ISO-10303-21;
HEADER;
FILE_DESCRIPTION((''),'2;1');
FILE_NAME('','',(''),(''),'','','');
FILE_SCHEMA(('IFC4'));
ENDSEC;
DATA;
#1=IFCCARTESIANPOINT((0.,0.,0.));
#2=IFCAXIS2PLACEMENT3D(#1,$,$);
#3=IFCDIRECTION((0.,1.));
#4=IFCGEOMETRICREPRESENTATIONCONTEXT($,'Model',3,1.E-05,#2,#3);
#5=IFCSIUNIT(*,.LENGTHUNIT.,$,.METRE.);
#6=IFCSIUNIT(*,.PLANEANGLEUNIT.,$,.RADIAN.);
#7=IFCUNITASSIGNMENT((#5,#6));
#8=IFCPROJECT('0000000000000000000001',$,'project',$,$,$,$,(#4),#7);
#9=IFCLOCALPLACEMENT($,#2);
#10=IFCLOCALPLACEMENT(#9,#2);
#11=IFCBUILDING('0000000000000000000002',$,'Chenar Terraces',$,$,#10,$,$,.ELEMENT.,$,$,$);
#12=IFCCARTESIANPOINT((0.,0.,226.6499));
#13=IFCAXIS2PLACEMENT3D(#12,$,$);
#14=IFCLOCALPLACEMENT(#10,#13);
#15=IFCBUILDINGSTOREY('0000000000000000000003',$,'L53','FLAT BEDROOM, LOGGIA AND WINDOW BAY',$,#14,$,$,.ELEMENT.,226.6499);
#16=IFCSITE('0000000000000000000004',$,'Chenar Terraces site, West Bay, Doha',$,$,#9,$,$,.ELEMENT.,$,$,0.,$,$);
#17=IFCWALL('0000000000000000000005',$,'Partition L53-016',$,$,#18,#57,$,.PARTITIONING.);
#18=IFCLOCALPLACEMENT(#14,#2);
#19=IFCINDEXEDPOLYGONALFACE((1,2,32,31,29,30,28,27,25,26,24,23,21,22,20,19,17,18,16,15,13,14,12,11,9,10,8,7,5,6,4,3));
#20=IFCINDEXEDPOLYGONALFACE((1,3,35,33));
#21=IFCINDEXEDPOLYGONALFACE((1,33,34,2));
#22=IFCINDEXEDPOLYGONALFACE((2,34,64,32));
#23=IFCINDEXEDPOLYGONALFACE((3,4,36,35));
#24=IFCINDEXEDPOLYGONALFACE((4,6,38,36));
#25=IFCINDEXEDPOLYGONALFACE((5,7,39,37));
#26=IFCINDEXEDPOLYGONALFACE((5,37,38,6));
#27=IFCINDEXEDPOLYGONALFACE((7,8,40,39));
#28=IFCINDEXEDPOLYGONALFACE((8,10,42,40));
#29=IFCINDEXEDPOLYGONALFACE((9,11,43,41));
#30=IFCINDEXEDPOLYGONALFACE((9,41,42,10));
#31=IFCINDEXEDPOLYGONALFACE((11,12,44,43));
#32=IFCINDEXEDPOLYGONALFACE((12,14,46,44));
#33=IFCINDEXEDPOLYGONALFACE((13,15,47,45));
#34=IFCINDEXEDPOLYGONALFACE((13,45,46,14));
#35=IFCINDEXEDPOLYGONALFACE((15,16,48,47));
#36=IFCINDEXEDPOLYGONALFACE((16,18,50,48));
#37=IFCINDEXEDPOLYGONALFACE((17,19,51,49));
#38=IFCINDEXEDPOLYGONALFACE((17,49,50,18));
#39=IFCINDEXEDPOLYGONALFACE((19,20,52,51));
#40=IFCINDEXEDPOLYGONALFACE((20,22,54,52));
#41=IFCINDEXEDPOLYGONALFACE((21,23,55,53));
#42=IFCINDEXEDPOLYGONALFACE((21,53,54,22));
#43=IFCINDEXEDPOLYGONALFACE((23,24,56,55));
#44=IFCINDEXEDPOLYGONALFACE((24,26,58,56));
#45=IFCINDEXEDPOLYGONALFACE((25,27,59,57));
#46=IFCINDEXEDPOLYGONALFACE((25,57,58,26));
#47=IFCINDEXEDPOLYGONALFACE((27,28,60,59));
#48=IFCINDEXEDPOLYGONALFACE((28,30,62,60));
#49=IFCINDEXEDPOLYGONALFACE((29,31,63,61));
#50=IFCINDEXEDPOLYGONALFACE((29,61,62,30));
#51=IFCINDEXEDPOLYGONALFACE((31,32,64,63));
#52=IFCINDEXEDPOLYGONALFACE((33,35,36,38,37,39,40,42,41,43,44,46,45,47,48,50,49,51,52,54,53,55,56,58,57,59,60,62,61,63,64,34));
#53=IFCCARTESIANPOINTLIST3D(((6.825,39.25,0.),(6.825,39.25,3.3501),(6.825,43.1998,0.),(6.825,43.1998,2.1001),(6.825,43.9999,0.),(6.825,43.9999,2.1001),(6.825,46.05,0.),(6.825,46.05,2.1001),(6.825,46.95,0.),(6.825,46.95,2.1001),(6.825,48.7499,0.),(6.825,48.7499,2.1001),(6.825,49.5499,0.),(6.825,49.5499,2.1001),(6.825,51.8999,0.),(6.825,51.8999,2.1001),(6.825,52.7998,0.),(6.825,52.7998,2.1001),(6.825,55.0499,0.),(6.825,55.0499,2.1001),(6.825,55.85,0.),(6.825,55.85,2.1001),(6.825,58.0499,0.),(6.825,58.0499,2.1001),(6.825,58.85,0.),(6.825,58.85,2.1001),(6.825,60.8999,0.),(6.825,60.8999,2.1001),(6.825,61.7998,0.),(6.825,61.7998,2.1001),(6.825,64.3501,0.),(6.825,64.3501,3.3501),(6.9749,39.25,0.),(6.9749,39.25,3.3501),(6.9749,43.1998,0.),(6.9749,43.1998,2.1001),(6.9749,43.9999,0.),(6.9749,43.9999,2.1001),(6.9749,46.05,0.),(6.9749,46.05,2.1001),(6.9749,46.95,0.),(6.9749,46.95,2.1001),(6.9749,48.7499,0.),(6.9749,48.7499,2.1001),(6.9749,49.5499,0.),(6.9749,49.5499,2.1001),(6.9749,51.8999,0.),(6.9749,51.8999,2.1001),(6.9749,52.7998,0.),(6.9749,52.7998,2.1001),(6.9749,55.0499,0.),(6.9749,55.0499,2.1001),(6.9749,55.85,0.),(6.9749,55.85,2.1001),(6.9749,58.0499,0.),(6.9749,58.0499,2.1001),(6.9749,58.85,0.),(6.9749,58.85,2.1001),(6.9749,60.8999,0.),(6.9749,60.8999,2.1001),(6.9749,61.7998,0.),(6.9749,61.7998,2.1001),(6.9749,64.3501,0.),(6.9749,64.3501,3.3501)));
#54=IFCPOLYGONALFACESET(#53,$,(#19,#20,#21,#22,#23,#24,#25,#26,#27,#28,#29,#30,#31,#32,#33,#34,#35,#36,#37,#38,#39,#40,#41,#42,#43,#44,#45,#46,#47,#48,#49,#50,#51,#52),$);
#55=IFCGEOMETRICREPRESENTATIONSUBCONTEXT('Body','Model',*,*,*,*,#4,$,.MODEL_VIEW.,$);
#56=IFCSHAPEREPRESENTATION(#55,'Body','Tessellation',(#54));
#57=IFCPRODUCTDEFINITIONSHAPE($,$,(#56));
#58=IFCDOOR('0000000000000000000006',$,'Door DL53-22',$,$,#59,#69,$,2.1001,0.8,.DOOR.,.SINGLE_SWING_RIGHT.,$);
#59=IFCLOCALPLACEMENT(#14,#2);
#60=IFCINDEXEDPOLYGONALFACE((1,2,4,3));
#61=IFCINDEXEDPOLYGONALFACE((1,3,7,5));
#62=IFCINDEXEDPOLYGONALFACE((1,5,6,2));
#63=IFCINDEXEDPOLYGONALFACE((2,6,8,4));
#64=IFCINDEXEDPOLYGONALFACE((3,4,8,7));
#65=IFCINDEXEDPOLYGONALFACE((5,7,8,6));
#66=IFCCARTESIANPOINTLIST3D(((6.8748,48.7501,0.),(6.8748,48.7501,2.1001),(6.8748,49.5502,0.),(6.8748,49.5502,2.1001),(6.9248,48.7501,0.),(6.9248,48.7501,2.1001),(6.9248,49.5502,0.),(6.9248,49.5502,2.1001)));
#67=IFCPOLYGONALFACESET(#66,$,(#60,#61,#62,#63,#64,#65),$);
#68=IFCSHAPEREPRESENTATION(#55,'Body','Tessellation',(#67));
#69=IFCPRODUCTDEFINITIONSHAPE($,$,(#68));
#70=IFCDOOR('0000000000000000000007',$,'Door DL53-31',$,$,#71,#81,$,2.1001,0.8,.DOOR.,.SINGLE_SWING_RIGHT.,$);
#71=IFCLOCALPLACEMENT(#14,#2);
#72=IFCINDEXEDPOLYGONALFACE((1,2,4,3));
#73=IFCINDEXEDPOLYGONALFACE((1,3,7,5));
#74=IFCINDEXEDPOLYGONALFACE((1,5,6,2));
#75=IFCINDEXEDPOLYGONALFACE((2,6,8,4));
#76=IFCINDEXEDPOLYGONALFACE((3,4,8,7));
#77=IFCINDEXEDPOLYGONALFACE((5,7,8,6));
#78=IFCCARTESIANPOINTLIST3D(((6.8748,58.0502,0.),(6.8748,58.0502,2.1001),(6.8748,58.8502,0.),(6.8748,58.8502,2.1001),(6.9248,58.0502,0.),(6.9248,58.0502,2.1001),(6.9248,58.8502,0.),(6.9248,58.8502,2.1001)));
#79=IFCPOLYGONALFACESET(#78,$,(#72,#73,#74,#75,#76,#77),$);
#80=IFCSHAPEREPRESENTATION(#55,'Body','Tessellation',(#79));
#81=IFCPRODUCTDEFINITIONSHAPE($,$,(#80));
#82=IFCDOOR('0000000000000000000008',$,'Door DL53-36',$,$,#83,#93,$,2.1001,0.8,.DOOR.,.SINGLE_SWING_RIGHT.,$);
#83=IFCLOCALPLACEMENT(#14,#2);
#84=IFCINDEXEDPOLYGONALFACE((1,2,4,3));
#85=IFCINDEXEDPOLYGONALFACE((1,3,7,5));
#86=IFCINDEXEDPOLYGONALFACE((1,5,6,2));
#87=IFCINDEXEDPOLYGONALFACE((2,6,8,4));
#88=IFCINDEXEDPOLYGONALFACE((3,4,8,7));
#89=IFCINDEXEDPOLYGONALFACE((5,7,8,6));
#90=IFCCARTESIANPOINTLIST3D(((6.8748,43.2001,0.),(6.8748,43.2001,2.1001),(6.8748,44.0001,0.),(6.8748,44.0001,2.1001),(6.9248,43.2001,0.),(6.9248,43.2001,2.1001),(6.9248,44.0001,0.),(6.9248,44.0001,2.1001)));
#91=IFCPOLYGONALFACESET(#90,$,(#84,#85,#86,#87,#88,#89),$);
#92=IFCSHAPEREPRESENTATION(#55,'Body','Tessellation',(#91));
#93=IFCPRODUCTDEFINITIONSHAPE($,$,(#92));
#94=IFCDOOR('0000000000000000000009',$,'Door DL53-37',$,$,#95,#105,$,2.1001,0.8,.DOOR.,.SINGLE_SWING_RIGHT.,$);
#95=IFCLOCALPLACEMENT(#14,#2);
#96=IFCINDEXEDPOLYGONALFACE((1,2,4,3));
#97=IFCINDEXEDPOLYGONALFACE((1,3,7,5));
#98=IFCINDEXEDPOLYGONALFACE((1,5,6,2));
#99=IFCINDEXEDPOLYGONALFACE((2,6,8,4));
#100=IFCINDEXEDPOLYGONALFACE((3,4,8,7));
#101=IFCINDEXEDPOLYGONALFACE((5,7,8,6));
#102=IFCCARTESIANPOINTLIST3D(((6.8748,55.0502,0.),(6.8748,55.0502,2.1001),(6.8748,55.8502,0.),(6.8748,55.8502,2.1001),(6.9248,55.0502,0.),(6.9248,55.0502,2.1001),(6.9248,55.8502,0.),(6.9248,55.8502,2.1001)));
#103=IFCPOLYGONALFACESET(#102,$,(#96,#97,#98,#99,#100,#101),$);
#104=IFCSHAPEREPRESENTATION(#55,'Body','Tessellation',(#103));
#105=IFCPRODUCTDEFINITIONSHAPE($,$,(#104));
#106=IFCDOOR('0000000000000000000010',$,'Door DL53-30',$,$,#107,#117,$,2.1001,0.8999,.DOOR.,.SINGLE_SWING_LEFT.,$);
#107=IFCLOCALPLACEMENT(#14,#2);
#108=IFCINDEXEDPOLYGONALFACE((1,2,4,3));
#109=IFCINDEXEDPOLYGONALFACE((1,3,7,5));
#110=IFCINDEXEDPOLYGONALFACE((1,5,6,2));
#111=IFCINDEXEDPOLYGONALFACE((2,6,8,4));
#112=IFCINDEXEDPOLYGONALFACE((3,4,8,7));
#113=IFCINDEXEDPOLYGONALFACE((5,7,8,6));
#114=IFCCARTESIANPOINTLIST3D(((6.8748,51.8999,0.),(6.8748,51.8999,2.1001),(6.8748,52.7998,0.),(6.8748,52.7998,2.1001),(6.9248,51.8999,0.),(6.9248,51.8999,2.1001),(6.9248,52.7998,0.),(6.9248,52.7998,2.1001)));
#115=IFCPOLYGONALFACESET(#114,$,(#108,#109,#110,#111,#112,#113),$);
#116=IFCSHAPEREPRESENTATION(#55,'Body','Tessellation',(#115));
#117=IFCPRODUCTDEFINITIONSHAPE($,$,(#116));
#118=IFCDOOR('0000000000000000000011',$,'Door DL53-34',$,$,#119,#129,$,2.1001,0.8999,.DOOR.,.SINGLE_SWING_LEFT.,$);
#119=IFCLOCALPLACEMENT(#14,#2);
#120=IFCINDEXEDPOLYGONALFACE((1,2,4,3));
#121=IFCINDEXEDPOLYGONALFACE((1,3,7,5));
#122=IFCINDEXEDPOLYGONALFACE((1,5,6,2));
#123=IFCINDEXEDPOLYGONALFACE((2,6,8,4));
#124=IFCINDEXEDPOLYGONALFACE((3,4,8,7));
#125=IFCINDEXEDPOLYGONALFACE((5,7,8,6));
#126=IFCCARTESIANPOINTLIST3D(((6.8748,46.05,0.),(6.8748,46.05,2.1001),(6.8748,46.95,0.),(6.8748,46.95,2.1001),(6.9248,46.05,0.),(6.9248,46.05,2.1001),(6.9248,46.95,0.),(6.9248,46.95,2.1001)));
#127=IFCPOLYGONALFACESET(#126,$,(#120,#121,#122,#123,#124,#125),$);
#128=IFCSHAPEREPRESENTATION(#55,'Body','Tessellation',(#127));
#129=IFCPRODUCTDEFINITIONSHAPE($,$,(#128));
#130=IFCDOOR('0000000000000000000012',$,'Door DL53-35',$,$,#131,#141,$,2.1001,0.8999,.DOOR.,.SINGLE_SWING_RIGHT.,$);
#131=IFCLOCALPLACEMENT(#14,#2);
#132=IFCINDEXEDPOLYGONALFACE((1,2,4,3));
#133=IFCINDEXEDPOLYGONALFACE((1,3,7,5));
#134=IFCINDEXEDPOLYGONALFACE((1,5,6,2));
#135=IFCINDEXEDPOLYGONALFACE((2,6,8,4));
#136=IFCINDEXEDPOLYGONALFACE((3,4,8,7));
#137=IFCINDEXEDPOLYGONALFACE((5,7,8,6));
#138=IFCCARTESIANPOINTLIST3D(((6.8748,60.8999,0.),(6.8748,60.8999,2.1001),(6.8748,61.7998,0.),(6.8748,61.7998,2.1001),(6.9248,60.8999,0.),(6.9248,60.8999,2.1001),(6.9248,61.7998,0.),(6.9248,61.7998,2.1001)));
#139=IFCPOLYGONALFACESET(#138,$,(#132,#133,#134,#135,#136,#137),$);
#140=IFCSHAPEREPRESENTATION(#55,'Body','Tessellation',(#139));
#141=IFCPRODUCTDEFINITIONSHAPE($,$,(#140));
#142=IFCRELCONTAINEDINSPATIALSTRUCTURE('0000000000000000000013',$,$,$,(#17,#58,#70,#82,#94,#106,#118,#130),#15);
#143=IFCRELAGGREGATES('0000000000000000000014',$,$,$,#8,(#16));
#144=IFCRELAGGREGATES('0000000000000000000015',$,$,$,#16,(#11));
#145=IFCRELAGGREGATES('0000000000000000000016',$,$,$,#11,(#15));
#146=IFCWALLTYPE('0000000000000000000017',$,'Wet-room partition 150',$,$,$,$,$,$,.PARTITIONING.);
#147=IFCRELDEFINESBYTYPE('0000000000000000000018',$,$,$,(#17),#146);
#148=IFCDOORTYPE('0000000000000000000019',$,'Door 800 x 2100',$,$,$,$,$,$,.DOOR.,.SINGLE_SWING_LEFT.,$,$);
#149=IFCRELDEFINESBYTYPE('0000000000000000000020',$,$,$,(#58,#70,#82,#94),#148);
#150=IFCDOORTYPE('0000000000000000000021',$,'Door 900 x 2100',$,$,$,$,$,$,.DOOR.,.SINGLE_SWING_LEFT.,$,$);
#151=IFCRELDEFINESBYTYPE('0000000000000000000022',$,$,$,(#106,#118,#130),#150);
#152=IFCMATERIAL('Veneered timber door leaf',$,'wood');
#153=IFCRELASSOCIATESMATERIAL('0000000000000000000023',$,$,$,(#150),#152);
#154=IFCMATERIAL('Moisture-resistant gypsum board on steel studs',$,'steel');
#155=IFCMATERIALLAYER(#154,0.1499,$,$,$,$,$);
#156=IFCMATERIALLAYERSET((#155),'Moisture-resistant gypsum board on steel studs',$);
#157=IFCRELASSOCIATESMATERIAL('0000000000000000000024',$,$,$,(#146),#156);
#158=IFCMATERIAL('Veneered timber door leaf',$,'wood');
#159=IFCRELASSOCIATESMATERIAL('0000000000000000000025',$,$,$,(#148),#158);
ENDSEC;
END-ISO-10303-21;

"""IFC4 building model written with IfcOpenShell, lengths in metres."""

from ifc_helpers import new_model, si_unit, direction, frame, frame_2d, origin, place, context, subcontext, project, spatial, rectangle, extrude, material, layer, layer_set, type_object, element, fill, save


model = new_model("IFC4")

# Units and contexts
model_context = context("Model", 3, precision=1e-05, world=origin(), true_north=direction((0.0, 1.0)))
body_context = subcontext(model_context, "Body", "Model", "MODEL_VIEW")
ifc_project = project(units=[si_unit("LENGTHUNIT", "METRE"), si_unit("PLANEANGLEUNIT", "RADIAN")], contexts=[model_context])

# Site, building, storey
site_placement = place(None, origin())
site = spatial("IfcSite", under=ifc_project, at=site_placement, Name="Chenar Terraces site, West Bay, Doha", CompositionType="ELEMENT", RefElevation=0.0)
building_placement = place(site_placement, origin())
building = spatial("IfcBuilding", under=site, at=building_placement, Name="Chenar Terraces", CompositionType="ELEMENT")
storey_placement = place(building_placement, frame((0.0, 0.0, 226.6499)))
storey = spatial("IfcBuildingStorey", under=building, at=storey_placement, Name="L53", Description="FLAT BEDROOM, LOGGIA AND WINDOW BAY", CompositionType="ELEMENT", Elevation=226.6499)

# Shared definitions
ifc_material_1 = material(Name="Veneered timber door leaf", Category="wood")
door_type_1 = type_object("IfcDoorType", Name="Door 900 x 2100", OperationType="SINGLE_SWING_LEFT", PredefinedType="DOOR", material=ifc_material_1)

# Wall, openings, doors
ifc_material_2 = material(Name="Moisture-resistant gypsum board on steel studs", Category="steel")
ifc_layer_1 = layer(ifc_material_2, 0.1499)
ifc_layer_set_1 = layer_set([ifc_layer_1], Name="Moisture-resistant gypsum board on steel studs")
wall_type_1 = type_object("IfcWallType", Name="Wet-room partition 150", PredefinedType="PARTITIONING", material=ifc_layer_set_1)
wall_1_placement = place(storey_placement, frame((6.8999, 39.25, 0.0), z_axis=(0.0, 0.0, 1.0), x_axis=(0.0, 1.0, 0.0)))
wall_1 = element("IfcWall", 1, at=wall_1_placement, inside=storey, type_object=wall_type_1, Name="Partition L53-016", PredefinedType="PARTITIONING", context=body_context, shape_type="SweptSolid", body=[
    extrude(rectangle(XDim=25.1001, YDim=0.1499, at=frame_2d((12.55, 0.0))), origin(), (0.0, 0.0, 1.0), 3.3501),
])
opening_1_placement = place(wall_1_placement, frame((9.5, 0.0, 0.0)))
opening_1 = element("IfcOpeningElement", 2, at=opening_1_placement, cuts=wall_1, PredefinedType="OPENING", context=body_context, shape_type="SweptSolid", body=[
    extrude(rectangle(XDim=0.8, YDim=2.1001, at=frame_2d((0.3999, 1.05))), frame((0.0, 0.085, 0.0), z_axis=(0.0, -1.0, 0.0), x_axis=(1.0, 0.0, 0.0)), (0.0, 0.0, 1.0), 0.1699),
])
opening_2_placement = place(wall_1_placement, frame((12.6499, 0.0, 0.0)))
opening_2 = element("IfcOpeningElement", 3, at=opening_2_placement, cuts=wall_1, PredefinedType="OPENING", context=body_context, shape_type="SweptSolid", body=[
    extrude(rectangle(XDim=0.8999, YDim=2.1001, at=frame_2d((0.45, 1.05))), frame((0.0, 0.085, 0.0), z_axis=(0.0, -1.0, 0.0), x_axis=(1.0, 0.0, 0.0)), (0.0, 0.0, 1.0), 0.1699),
])
opening_3_placement = place(wall_1_placement, frame((18.8, 0.0, 0.0)))
opening_3 = element("IfcOpeningElement", 4, at=opening_3_placement, cuts=wall_1, PredefinedType="OPENING", context=body_context, shape_type="SweptSolid", body=[
    extrude(rectangle(XDim=0.8, YDim=2.1001, at=frame_2d((0.3999, 1.05))), frame((0.0, 0.085, 0.0), z_axis=(0.0, -1.0, 0.0), x_axis=(1.0, 0.0, 0.0)), (0.0, 0.0, 1.0), 0.1699),
])
opening_4_placement = place(wall_1_placement, frame((6.8, 0.0, 0.0)))
opening_4 = element("IfcOpeningElement", 5, at=opening_4_placement, cuts=wall_1, PredefinedType="OPENING", context=body_context, shape_type="SweptSolid", body=[
    extrude(rectangle(XDim=0.8999, YDim=2.1001, at=frame_2d((0.45, 1.05))), frame((0.0, 0.085, 0.0), z_axis=(0.0, -1.0, 0.0), x_axis=(1.0, 0.0, 0.0)), (0.0, 0.0, 1.0), 0.1699),
])
opening_5_placement = place(wall_1_placement, frame((21.6499, 0.0, 0.0)))
opening_5 = element("IfcOpeningElement", 6, at=opening_5_placement, cuts=wall_1, PredefinedType="OPENING", context=body_context, shape_type="SweptSolid", body=[
    extrude(rectangle(XDim=0.8999, YDim=2.1001, at=frame_2d((0.45, 1.05))), frame((0.0, 0.085, 0.0), z_axis=(0.0, -1.0, 0.0), x_axis=(1.0, 0.0, 0.0)), (0.0, 0.0, 1.0), 0.1699),
])
opening_6_placement = place(wall_1_placement, frame((3.95, 0.0, 0.0)))
opening_6 = element("IfcOpeningElement", 7, at=opening_6_placement, cuts=wall_1, PredefinedType="OPENING", context=body_context, shape_type="SweptSolid", body=[
    extrude(rectangle(XDim=0.8, YDim=2.1001, at=frame_2d((0.3999, 1.05))), frame((0.0, 0.085, 0.0), z_axis=(0.0, -1.0, 0.0), x_axis=(1.0, 0.0, 0.0)), (0.0, 0.0, 1.0), 0.1699),
])
opening_7_placement = place(wall_1_placement, frame((15.8, 0.0, 0.0)))
opening_7 = element("IfcOpeningElement", 8, at=opening_7_placement, cuts=wall_1, PredefinedType="OPENING", context=body_context, shape_type="SweptSolid", body=[
    extrude(rectangle(XDim=0.8, YDim=2.1001, at=frame_2d((0.3999, 1.05))), frame((0.0, 0.085, 0.0), z_axis=(0.0, -1.0, 0.0), x_axis=(1.0, 0.0, 0.0)), (0.0, 0.0, 1.0), 0.1699),
])
ifc_material_3 = material(Name="Veneered timber door leaf", Category="wood")
door_type_2 = type_object("IfcDoorType", Name="Door 800 x 2100", OperationType="SINGLE_SWING_LEFT", PredefinedType="DOOR", material=ifc_material_3)
door_1_placement = place(opening_1_placement, frame((0.8, 0.0, 0.0), z_axis=(0.0, 0.0, 1.0), x_axis=(-1.0, 0.0, 0.0)))
door_1 = element("IfcDoor", 9, at=door_1_placement, inside=storey, type_object=door_type_2, Name="Door DL53-22", OperationType="SINGLE_SWING_RIGHT", OverallHeight=2.1001, OverallWidth=0.8, PredefinedType="DOOR", context=body_context, shape_type="SweptSolid", body=[
    extrude(rectangle(XDim=0.8, YDim=2.1001, at=frame_2d((0.3999, 1.05))), frame((0.0, 0.0249, 0.0), z_axis=(0.0, -1.0, 0.0), x_axis=(1.0, 0.0, 0.0)), (0.0, 0.0, 1.0), 0.05),
])
fill(opening_1, door_1)
door_2_placement = place(opening_3_placement, frame((0.8, 0.0, 0.0), z_axis=(0.0, 0.0, 1.0), x_axis=(-1.0, 0.0, 0.0)))
door_2 = element("IfcDoor", 10, at=door_2_placement, inside=storey, type_object=door_type_2, Name="Door DL53-31", OperationType="SINGLE_SWING_RIGHT", OverallHeight=2.1001, OverallWidth=0.8, PredefinedType="DOOR", context=body_context, shape_type="SweptSolid", body=[
    extrude(rectangle(XDim=0.8, YDim=2.1001, at=frame_2d((0.3999, 1.05))), frame((0.0, 0.0249, 0.0), z_axis=(0.0, -1.0, 0.0), x_axis=(1.0, 0.0, 0.0)), (0.0, 0.0, 1.0), 0.05),
])
fill(opening_3, door_2)
door_3_placement = place(opening_6_placement, frame((0.8, 0.0, 0.0), z_axis=(0.0, 0.0, 1.0), x_axis=(-1.0, 0.0, 0.0)))
door_3 = element("IfcDoor", 11, at=door_3_placement, inside=storey, type_object=door_type_2, Name="Door DL53-36", OperationType="SINGLE_SWING_RIGHT", OverallHeight=2.1001, OverallWidth=0.8, PredefinedType="DOOR", context=body_context, shape_type="SweptSolid", body=[
    extrude(rectangle(XDim=0.8, YDim=2.1001, at=frame_2d((0.3999, 1.05))), frame((0.0, 0.0249, 0.0), z_axis=(0.0, -1.0, 0.0), x_axis=(1.0, 0.0, 0.0)), (0.0, 0.0, 1.0), 0.05),
])
fill(opening_6, door_3)
door_4_placement = place(opening_7_placement, frame((0.8, 0.0, 0.0), z_axis=(0.0, 0.0, 1.0), x_axis=(-1.0, 0.0, 0.0)))
door_4 = element("IfcDoor", 12, at=door_4_placement, inside=storey, type_object=door_type_2, Name="Door DL53-37", OperationType="SINGLE_SWING_RIGHT", OverallHeight=2.1001, OverallWidth=0.8, PredefinedType="DOOR", context=body_context, shape_type="SweptSolid", body=[
    extrude(rectangle(XDim=0.8, YDim=2.1001, at=frame_2d((0.3999, 1.05))), frame((0.0, 0.0249, 0.0), z_axis=(0.0, -1.0, 0.0), x_axis=(1.0, 0.0, 0.0)), (0.0, 0.0, 1.0), 0.05),
])
fill(opening_7, door_4)
door_5_placement = place(opening_2_placement, frame((0.8999, 0.0, 0.0), z_axis=(0.0, 0.0, 1.0), x_axis=(-1.0, 0.0, 0.0)))
door_5 = element("IfcDoor", 13, at=door_5_placement, inside=storey, type_object=door_type_1, Name="Door DL53-30", OperationType="SINGLE_SWING_LEFT", OverallHeight=2.1001, OverallWidth=0.8999, PredefinedType="DOOR", context=body_context, shape_type="SweptSolid", body=[
    extrude(rectangle(XDim=0.8999, YDim=2.1001, at=frame_2d((0.45, 1.05))), frame((0.0, 0.0249, 0.0), z_axis=(0.0, -1.0, 0.0), x_axis=(1.0, 0.0, 0.0)), (0.0, 0.0, 1.0), 0.05),
])
fill(opening_2, door_5)
door_6_placement = place(opening_4_placement, frame((0.8999, 0.0, 0.0), z_axis=(0.0, 0.0, 1.0), x_axis=(-1.0, 0.0, 0.0)))
door_6 = element("IfcDoor", 14, at=door_6_placement, inside=storey, type_object=door_type_1, Name="Door DL53-34", OperationType="SINGLE_SWING_LEFT", OverallHeight=2.1001, OverallWidth=0.8999, PredefinedType="DOOR", context=body_context, shape_type="SweptSolid", body=[
    extrude(rectangle(XDim=0.8999, YDim=2.1001, at=frame_2d((0.45, 1.05))), frame((0.0, 0.0249, 0.0), z_axis=(0.0, -1.0, 0.0), x_axis=(1.0, 0.0, 0.0)), (0.0, 0.0, 1.0), 0.05),
])
fill(opening_4, door_6)
door_7_placement = place(opening_5_placement, frame((0.8999, 0.0, 0.0), z_axis=(0.0, 0.0, 1.0), x_axis=(-1.0, 0.0, 0.0)))
door_7 = element("IfcDoor", 15, at=door_7_placement, inside=storey, type_object=door_type_1, Name="Door DL53-35", OperationType="SINGLE_SWING_RIGHT", OverallHeight=2.1001, OverallWidth=0.8999, PredefinedType="DOOR", context=body_context, shape_type="SweptSolid", body=[
    extrude(rectangle(XDim=0.8999, YDim=2.1001, at=frame_2d((0.45, 1.05))), frame((0.0, 0.0249, 0.0), z_axis=(0.0, -1.0, 0.0), x_axis=(1.0, 0.0, 0.0)), (0.0, 0.0, 1.0), 0.05),
])
fill(opening_5, door_7)

save(model, "model.ifc")
